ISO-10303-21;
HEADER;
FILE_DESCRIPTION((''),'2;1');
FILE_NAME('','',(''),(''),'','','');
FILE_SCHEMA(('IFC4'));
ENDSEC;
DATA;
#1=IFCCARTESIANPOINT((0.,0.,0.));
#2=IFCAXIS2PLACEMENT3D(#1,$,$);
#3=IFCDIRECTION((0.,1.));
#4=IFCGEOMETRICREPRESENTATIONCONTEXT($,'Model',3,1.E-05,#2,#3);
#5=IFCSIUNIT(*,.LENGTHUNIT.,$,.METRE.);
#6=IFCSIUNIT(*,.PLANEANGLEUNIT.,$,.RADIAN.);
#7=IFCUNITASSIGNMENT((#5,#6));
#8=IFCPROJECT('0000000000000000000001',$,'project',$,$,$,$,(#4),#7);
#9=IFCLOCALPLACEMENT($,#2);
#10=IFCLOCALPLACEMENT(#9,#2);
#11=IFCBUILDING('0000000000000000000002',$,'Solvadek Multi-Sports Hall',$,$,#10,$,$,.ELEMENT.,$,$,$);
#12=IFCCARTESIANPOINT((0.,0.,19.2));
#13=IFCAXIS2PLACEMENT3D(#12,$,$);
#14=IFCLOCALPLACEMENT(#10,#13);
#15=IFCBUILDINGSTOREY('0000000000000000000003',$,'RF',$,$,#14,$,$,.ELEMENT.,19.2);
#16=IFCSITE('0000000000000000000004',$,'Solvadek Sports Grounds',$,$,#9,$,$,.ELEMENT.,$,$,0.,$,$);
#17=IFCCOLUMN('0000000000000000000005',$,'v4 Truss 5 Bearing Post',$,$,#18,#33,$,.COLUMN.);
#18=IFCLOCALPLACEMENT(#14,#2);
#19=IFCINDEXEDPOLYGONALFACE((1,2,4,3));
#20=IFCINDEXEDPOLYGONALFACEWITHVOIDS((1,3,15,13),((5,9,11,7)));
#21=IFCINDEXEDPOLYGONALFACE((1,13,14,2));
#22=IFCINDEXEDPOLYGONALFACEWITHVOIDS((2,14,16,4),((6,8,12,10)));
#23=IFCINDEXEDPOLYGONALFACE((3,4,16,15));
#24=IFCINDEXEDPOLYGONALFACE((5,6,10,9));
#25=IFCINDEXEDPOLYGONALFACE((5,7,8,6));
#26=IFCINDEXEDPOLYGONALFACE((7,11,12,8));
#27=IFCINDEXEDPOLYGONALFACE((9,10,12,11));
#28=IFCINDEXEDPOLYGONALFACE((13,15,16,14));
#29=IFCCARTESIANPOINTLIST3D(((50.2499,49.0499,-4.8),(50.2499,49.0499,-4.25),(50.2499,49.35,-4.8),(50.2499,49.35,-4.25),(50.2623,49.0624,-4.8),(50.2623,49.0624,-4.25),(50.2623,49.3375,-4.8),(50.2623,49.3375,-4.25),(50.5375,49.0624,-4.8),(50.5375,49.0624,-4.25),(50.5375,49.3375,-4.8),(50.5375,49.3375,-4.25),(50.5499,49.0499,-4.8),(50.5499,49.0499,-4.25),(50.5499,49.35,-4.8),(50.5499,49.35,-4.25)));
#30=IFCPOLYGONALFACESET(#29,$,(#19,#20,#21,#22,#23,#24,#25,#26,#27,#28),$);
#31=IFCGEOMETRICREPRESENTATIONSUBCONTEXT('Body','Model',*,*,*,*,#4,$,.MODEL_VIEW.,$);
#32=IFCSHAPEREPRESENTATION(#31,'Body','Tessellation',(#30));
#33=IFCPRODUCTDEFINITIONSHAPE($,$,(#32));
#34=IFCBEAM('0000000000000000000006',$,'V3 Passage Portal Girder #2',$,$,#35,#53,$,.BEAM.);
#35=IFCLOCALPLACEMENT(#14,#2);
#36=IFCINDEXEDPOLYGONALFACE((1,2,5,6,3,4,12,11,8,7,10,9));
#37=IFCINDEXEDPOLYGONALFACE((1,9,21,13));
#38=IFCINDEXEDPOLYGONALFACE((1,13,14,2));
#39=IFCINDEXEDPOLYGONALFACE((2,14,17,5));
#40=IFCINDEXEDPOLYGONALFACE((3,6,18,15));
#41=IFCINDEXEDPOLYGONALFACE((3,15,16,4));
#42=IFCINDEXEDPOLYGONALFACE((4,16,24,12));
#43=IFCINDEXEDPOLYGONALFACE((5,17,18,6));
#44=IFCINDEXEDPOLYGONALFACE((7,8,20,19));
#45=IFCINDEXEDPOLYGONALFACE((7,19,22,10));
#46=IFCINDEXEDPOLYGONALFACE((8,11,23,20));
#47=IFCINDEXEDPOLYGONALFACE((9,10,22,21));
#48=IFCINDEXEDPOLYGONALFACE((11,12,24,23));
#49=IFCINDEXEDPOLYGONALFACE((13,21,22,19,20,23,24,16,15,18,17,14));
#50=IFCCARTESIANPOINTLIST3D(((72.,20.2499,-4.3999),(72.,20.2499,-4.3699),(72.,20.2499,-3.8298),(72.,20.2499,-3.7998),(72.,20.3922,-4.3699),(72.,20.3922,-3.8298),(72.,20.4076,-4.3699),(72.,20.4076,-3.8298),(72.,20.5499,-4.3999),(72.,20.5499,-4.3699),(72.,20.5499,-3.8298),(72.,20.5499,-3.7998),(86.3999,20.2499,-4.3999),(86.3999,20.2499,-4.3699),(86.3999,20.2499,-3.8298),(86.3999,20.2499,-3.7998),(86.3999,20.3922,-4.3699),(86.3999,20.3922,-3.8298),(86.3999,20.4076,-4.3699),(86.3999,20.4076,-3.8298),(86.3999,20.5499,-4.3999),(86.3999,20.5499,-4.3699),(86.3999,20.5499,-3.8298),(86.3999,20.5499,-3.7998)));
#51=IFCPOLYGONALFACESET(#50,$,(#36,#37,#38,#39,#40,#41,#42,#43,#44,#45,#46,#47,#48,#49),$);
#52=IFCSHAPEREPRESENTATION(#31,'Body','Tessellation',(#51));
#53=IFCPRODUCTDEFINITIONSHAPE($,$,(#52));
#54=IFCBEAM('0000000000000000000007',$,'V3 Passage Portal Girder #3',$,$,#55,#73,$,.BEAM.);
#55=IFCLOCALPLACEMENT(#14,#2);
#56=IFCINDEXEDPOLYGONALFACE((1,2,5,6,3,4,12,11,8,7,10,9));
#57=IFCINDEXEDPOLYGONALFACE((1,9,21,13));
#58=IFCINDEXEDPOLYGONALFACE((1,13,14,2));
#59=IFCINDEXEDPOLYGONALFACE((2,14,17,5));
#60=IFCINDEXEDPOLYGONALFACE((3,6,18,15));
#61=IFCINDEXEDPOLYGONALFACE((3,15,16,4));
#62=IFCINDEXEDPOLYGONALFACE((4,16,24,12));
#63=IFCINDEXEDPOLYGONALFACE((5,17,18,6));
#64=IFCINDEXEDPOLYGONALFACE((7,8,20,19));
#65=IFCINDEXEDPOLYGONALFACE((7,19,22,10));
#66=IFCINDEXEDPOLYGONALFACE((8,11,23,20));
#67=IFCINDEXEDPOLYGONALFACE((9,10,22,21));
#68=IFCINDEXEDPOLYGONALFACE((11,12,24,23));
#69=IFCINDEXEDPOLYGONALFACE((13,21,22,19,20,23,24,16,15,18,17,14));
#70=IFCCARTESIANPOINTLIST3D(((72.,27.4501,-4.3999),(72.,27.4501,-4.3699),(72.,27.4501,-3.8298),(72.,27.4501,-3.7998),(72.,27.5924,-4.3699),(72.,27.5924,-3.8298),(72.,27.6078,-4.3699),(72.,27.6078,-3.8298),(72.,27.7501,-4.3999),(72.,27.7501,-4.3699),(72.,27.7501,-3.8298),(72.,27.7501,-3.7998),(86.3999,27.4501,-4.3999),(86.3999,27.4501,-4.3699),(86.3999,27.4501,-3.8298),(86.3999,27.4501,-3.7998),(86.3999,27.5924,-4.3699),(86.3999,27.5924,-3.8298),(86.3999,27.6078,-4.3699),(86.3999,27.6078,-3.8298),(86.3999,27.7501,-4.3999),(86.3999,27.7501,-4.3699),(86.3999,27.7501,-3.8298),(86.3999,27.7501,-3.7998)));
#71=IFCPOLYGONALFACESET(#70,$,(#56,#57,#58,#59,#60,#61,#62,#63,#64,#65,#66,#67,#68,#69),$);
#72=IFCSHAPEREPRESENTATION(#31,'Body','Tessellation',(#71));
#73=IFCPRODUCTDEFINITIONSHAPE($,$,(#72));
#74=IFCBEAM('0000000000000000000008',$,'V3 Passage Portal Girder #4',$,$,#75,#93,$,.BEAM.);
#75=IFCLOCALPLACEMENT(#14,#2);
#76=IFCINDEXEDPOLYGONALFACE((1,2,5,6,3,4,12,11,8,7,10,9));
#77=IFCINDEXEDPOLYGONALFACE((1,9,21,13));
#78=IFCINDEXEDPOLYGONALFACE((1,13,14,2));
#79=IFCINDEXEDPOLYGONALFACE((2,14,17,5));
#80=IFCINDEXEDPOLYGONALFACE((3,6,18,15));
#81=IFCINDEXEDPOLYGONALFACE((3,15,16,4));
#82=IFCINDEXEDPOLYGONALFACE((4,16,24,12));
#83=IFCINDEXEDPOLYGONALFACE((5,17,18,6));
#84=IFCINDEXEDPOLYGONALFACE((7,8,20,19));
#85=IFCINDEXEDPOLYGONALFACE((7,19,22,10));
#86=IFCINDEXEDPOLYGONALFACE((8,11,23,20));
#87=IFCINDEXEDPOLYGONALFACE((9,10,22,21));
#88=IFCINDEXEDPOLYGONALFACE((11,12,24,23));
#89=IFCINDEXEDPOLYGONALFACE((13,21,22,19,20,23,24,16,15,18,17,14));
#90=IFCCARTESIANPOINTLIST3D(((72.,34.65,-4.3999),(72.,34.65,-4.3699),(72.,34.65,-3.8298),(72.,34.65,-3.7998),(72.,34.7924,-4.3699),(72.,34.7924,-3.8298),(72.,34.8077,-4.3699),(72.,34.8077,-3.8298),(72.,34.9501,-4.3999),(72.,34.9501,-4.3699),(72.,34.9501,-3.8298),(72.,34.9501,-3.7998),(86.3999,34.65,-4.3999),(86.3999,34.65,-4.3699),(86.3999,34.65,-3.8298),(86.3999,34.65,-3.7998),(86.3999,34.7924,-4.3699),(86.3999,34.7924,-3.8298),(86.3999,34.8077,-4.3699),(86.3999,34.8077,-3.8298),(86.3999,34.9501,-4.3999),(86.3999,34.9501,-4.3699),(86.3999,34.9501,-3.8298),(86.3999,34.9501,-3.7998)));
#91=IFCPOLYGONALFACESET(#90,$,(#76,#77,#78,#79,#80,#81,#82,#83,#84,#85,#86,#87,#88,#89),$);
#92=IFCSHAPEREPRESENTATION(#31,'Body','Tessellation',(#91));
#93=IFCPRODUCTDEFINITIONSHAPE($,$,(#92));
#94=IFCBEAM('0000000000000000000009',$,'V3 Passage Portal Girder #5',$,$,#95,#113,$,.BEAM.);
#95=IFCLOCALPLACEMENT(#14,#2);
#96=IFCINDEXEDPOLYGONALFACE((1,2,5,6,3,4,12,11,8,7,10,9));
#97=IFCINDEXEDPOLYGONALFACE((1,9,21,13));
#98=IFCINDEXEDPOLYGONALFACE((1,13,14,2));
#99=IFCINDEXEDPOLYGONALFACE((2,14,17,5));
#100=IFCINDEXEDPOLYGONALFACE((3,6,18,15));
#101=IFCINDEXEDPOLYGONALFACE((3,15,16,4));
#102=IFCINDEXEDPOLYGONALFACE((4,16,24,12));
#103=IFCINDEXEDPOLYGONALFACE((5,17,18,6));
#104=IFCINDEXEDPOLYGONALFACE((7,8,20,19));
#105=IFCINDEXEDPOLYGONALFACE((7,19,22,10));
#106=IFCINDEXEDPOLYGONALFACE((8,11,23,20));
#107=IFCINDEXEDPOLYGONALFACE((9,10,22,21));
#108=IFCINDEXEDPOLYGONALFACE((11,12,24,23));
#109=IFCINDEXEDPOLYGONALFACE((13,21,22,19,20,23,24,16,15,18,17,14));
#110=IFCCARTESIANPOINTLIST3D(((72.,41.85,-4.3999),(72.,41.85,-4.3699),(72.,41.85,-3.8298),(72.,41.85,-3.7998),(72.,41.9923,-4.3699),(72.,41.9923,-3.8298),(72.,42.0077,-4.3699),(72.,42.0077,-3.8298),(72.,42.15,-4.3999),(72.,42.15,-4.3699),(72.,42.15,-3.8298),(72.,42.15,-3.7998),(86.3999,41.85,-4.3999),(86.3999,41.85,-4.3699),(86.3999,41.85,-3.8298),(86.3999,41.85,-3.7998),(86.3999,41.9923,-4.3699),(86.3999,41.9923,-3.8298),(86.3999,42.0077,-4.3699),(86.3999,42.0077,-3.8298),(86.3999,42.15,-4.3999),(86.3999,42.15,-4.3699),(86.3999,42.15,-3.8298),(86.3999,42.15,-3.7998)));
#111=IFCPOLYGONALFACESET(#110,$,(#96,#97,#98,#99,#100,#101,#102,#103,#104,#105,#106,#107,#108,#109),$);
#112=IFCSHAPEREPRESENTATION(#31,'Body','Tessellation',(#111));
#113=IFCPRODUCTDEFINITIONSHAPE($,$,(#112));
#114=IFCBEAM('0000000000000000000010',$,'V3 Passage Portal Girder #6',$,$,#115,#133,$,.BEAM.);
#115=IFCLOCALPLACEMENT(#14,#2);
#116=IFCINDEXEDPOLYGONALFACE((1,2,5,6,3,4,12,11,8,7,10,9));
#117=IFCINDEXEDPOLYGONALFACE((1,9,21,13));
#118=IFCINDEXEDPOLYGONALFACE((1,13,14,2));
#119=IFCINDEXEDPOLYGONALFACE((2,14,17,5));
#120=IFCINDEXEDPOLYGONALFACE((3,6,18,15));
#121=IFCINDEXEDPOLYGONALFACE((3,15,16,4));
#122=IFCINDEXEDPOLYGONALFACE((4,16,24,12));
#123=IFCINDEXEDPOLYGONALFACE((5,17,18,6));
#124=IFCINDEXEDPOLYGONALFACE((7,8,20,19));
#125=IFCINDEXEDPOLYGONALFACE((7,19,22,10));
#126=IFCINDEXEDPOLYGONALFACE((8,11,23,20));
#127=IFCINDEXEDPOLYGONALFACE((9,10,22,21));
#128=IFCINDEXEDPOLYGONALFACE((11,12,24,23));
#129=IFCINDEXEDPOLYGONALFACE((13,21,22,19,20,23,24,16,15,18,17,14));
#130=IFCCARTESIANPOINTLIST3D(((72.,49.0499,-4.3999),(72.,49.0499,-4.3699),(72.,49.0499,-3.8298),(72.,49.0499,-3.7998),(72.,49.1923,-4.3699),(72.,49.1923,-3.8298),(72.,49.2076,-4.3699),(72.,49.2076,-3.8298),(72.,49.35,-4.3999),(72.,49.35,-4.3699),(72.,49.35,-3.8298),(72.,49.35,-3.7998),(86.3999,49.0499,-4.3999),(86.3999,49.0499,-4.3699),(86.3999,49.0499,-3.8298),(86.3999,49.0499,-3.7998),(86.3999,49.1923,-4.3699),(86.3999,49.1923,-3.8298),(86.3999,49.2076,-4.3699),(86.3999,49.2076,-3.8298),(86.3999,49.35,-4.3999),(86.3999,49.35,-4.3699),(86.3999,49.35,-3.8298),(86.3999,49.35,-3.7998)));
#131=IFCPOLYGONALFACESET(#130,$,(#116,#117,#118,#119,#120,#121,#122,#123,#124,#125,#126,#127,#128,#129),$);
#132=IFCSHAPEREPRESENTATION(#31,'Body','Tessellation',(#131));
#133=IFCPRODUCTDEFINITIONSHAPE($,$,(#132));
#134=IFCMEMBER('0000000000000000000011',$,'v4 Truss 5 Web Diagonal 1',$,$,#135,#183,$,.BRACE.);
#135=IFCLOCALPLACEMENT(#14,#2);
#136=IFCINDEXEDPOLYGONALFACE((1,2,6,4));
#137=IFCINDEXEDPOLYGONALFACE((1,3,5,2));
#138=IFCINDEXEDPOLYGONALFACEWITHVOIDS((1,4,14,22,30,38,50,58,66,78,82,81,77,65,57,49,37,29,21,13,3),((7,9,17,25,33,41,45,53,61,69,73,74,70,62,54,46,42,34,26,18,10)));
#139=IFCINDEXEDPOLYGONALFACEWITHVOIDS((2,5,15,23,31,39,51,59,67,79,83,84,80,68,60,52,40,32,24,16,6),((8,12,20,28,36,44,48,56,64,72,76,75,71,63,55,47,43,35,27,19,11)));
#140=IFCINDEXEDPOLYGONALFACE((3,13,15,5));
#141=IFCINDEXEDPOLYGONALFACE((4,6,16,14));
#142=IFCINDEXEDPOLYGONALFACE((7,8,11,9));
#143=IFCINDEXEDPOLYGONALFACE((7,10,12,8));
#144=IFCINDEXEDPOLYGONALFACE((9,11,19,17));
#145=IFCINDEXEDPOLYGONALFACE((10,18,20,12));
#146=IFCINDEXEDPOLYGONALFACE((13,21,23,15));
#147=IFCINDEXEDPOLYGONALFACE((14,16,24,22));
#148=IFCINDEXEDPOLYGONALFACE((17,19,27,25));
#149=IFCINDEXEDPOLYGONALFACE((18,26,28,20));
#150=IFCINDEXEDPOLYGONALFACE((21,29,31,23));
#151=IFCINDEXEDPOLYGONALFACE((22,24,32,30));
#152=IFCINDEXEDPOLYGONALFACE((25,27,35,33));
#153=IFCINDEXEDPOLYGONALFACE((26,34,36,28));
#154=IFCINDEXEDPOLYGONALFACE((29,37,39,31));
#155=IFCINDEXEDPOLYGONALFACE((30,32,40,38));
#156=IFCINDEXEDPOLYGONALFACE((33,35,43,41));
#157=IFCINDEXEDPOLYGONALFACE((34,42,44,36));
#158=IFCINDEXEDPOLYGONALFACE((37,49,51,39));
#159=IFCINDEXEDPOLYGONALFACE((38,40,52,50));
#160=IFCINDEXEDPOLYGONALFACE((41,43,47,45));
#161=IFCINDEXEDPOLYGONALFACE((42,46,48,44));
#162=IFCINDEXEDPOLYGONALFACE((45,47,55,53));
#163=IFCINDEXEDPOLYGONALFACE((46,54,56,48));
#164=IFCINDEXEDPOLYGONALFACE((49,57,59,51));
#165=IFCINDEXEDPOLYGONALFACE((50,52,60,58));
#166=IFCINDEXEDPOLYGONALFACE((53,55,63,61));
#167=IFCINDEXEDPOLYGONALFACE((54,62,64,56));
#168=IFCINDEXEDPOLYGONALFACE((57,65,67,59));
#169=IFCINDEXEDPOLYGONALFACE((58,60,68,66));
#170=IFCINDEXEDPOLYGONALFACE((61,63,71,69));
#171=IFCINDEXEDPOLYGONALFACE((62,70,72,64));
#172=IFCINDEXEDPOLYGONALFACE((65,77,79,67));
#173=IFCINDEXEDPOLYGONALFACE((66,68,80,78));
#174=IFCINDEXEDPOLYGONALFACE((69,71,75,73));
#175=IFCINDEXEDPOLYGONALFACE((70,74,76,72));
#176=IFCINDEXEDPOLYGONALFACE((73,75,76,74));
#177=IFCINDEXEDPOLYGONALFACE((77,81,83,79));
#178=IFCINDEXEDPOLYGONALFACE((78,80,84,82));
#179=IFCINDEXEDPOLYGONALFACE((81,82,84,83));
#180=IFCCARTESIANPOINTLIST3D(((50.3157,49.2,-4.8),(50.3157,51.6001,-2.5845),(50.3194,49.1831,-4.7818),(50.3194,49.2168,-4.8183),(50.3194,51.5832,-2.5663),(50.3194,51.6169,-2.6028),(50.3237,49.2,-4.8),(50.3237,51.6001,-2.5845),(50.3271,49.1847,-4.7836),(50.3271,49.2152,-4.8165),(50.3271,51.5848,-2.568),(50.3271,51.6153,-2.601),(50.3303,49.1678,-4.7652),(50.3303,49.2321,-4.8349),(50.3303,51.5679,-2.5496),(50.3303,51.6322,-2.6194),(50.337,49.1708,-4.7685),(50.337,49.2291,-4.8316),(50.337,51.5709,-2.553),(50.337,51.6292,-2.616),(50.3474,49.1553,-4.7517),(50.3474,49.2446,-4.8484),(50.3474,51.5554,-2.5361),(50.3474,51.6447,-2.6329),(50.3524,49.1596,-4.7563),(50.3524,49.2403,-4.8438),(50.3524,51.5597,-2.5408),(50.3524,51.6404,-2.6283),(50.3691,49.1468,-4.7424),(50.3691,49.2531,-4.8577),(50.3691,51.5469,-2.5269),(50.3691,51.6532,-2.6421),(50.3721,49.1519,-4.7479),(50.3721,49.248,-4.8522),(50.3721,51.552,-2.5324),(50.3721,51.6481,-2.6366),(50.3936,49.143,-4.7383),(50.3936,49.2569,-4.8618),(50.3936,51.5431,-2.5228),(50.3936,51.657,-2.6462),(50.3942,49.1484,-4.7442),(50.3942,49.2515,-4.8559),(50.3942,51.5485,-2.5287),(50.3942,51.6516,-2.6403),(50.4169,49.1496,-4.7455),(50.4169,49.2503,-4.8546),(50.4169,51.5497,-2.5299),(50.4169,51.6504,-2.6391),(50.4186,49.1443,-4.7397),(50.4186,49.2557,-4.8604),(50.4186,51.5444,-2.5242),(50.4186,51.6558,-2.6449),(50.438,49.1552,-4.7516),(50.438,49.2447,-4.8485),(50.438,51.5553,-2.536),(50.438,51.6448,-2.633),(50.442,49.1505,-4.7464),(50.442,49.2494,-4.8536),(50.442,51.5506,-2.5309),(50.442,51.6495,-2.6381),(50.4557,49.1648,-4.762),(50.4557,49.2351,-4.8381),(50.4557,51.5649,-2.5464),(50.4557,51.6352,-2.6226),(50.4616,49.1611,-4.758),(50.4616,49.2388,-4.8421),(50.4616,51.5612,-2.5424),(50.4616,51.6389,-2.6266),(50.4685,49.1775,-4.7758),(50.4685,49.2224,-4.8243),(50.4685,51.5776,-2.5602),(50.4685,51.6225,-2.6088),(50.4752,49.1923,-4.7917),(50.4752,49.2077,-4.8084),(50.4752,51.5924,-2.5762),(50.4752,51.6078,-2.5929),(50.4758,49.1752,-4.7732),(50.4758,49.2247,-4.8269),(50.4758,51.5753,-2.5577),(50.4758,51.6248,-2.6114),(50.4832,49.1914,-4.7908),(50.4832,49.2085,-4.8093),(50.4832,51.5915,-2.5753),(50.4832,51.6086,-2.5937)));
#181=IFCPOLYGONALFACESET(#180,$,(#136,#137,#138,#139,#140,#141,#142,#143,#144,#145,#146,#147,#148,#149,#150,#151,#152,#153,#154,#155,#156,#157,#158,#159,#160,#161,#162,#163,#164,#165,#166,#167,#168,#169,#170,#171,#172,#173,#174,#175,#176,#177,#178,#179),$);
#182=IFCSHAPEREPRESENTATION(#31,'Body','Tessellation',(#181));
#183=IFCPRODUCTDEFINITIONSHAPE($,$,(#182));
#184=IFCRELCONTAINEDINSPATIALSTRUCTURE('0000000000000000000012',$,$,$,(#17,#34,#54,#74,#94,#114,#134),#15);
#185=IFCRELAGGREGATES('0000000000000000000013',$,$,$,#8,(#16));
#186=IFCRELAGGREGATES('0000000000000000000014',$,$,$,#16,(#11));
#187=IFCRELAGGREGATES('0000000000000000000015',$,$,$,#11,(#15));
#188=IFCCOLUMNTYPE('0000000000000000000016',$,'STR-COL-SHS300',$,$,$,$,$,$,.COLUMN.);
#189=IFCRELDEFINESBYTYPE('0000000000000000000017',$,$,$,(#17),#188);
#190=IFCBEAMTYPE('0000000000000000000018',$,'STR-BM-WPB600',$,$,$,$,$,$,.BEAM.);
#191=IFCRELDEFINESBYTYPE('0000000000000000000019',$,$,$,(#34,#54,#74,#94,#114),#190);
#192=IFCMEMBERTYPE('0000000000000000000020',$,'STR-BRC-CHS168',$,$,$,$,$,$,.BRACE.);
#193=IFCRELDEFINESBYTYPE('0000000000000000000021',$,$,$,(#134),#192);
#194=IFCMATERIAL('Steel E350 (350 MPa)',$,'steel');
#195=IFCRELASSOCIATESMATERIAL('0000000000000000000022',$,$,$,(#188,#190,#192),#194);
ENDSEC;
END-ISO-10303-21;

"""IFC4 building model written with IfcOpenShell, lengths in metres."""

from ifc_helpers import new_model, si_unit, direction, frame, origin, origin_2d, place, context, subcontext, project, spatial, hollow_rectangle, hollow_circle, i_section, extrude, material, material_profile, profile_set, type_object, element, save


model = new_model("IFC4")

# Units and contexts
model_context = context("Model", 3, precision=1e-05, world=origin(), true_north=direction((0.0, 1.0)))
body_context = subcontext(model_context, "Body", "Model", "MODEL_VIEW")
ifc_project = project(units=[si_unit("LENGTHUNIT", "METRE"), si_unit("PLANEANGLEUNIT", "RADIAN")], contexts=[model_context])

# Site, building, storey
site_placement = place(None, origin())
site = spatial("IfcSite", under=ifc_project, at=site_placement, Name="Solvadek Sports Grounds", CompositionType="ELEMENT", RefElevation=0.0)
building_placement = place(site_placement, origin())
building = spatial("IfcBuilding", under=site, at=building_placement, Name="Solvadek Multi-Sports Hall", CompositionType="ELEMENT")
storey_placement = place(building_placement, frame((0.0, 0.0, 19.2)))
storey = spatial("IfcBuildingStorey", under=building, at=storey_placement, Name="RF", CompositionType="ELEMENT", Elevation=19.2)

# Column
ifc_material_1 = material(Name="Steel E350 (350 MPa)", Category="steel")
ifc_material_profile_1 = material_profile(ifc_material_1, hollow_rectangle(XDim=0.3, YDim=0.3, WallThickness=0.0125, at=origin_2d()), Name="SHS 300x300x12.5")
ifc_profile_set_1 = profile_set([ifc_material_profile_1], Name="Steel E350 (350 MPa)")
column_type = type_object("IfcColumnType", Name="STR-COL-SHS300", PredefinedType="COLUMN", material=ifc_profile_set_1)
column_placement = place(storey_placement, frame((50.3999, 49.2, -4.8), z_axis=(0.0, 0.0, 1.0), x_axis=(1.0, 0.0, 0.0)))
element("IfcColumn", 1, at=column_placement, inside=storey, type_object=column_type, Name="v4 Truss 5 Bearing Post", PredefinedType="COLUMN", context=body_context, shape_type="SweptSolid", body=[
    extrude(hollow_rectangle(XDim=0.3, YDim=0.3, WallThickness=0.0125, at=origin_2d()), origin(), (0.0, 0.0, 1.0), 0.55),
])

# Beams
ifc_material_profile_2 = material_profile(ifc_material_1, i_section(OverallWidth=0.3, OverallDepth=0.6001, WebThickness=0.0154, FlangeThickness=0.03, at=origin_2d()), Name="WPB 600")
ifc_profile_set_2 = profile_set([ifc_material_profile_2], Name="Steel E350 (350 MPa)")
beam_type_1 = type_object("IfcBeamType", Name="STR-BM-WPB600", PredefinedType="BEAM", material=ifc_profile_set_2)
for number, where, z_axis, x_axis, name in (
    (2, (72.0, 20.3999, -4.0999), (1.0, 0.0, 0.0), (0.0, 1.0, 0.0), "V3 Passage Portal Girder #2"),
    (3, (72.0, 27.6001, -4.0999), (1.0, 0.0, 0.0), (0.0, 1.0, 0.0), "V3 Passage Portal Girder #3"),
    (4, (72.0, 34.8, -4.0999), (1.0, 0.0, 0.0), (0.0, 1.0, 0.0), "V3 Passage Portal Girder #4"),
    (5, (72.0, 42.0, -4.0999), (1.0, 0.0, 0.0), (0.0, 1.0, 0.0), "V3 Passage Portal Girder #5"),
    (6, (72.0, 49.2, -4.0999), (1.0, 0.0, 0.0), (0.0, 1.0, 0.0), "V3 Passage Portal Girder #6"),
):
    element("IfcBeam", number, at=place(storey_placement, frame(where, z_axis=z_axis, x_axis=x_axis)), inside=storey, type_object=beam_type_1, Name=name, PredefinedType="BEAM", context=body_context, shape_type="SweptSolid", body=[
        extrude(i_section(OverallWidth=0.3, OverallDepth=0.6001, WebThickness=0.0154, FlangeThickness=0.03, at=origin_2d()), origin(), (0.0, 0.0, 1.0), 14.3999),
    ])

# Member
ifc_material_profile_3 = material_profile(ifc_material_1, hollow_circle(Radius=0.0842, WallThickness=0.0081, at=origin_2d()), Name="CHS 168.3x8")
ifc_profile_set_3 = profile_set([ifc_material_profile_3], Name="Steel E350 (350 MPa)")
member_type_1 = type_object("IfcMemberType", Name="STR-BRC-CHS168", PredefinedType="BRACE", material=ifc_profile_set_3)
for number, where, z_axis, x_axis, name in (
    (7, (50.3999, 49.2, -4.8), (0.0, 0.734795, 0.678289), (-1.0, 0.0, 0.0), "v4 Truss 5 Web Diagonal 1"),
):
    element("IfcMember", number, at=place(storey_placement, frame(where, z_axis=z_axis, x_axis=x_axis)), inside=storey, type_object=member_type_1, Name=name, PredefinedType="BRACE", context=body_context, shape_type="SweptSolid", body=[
        extrude(hollow_circle(Radius=0.0842, WallThickness=0.0081, at=origin_2d()), origin(), (0.0, 0.0, 1.0), 3.2664),
    ])

save(model, "model.ifc")
